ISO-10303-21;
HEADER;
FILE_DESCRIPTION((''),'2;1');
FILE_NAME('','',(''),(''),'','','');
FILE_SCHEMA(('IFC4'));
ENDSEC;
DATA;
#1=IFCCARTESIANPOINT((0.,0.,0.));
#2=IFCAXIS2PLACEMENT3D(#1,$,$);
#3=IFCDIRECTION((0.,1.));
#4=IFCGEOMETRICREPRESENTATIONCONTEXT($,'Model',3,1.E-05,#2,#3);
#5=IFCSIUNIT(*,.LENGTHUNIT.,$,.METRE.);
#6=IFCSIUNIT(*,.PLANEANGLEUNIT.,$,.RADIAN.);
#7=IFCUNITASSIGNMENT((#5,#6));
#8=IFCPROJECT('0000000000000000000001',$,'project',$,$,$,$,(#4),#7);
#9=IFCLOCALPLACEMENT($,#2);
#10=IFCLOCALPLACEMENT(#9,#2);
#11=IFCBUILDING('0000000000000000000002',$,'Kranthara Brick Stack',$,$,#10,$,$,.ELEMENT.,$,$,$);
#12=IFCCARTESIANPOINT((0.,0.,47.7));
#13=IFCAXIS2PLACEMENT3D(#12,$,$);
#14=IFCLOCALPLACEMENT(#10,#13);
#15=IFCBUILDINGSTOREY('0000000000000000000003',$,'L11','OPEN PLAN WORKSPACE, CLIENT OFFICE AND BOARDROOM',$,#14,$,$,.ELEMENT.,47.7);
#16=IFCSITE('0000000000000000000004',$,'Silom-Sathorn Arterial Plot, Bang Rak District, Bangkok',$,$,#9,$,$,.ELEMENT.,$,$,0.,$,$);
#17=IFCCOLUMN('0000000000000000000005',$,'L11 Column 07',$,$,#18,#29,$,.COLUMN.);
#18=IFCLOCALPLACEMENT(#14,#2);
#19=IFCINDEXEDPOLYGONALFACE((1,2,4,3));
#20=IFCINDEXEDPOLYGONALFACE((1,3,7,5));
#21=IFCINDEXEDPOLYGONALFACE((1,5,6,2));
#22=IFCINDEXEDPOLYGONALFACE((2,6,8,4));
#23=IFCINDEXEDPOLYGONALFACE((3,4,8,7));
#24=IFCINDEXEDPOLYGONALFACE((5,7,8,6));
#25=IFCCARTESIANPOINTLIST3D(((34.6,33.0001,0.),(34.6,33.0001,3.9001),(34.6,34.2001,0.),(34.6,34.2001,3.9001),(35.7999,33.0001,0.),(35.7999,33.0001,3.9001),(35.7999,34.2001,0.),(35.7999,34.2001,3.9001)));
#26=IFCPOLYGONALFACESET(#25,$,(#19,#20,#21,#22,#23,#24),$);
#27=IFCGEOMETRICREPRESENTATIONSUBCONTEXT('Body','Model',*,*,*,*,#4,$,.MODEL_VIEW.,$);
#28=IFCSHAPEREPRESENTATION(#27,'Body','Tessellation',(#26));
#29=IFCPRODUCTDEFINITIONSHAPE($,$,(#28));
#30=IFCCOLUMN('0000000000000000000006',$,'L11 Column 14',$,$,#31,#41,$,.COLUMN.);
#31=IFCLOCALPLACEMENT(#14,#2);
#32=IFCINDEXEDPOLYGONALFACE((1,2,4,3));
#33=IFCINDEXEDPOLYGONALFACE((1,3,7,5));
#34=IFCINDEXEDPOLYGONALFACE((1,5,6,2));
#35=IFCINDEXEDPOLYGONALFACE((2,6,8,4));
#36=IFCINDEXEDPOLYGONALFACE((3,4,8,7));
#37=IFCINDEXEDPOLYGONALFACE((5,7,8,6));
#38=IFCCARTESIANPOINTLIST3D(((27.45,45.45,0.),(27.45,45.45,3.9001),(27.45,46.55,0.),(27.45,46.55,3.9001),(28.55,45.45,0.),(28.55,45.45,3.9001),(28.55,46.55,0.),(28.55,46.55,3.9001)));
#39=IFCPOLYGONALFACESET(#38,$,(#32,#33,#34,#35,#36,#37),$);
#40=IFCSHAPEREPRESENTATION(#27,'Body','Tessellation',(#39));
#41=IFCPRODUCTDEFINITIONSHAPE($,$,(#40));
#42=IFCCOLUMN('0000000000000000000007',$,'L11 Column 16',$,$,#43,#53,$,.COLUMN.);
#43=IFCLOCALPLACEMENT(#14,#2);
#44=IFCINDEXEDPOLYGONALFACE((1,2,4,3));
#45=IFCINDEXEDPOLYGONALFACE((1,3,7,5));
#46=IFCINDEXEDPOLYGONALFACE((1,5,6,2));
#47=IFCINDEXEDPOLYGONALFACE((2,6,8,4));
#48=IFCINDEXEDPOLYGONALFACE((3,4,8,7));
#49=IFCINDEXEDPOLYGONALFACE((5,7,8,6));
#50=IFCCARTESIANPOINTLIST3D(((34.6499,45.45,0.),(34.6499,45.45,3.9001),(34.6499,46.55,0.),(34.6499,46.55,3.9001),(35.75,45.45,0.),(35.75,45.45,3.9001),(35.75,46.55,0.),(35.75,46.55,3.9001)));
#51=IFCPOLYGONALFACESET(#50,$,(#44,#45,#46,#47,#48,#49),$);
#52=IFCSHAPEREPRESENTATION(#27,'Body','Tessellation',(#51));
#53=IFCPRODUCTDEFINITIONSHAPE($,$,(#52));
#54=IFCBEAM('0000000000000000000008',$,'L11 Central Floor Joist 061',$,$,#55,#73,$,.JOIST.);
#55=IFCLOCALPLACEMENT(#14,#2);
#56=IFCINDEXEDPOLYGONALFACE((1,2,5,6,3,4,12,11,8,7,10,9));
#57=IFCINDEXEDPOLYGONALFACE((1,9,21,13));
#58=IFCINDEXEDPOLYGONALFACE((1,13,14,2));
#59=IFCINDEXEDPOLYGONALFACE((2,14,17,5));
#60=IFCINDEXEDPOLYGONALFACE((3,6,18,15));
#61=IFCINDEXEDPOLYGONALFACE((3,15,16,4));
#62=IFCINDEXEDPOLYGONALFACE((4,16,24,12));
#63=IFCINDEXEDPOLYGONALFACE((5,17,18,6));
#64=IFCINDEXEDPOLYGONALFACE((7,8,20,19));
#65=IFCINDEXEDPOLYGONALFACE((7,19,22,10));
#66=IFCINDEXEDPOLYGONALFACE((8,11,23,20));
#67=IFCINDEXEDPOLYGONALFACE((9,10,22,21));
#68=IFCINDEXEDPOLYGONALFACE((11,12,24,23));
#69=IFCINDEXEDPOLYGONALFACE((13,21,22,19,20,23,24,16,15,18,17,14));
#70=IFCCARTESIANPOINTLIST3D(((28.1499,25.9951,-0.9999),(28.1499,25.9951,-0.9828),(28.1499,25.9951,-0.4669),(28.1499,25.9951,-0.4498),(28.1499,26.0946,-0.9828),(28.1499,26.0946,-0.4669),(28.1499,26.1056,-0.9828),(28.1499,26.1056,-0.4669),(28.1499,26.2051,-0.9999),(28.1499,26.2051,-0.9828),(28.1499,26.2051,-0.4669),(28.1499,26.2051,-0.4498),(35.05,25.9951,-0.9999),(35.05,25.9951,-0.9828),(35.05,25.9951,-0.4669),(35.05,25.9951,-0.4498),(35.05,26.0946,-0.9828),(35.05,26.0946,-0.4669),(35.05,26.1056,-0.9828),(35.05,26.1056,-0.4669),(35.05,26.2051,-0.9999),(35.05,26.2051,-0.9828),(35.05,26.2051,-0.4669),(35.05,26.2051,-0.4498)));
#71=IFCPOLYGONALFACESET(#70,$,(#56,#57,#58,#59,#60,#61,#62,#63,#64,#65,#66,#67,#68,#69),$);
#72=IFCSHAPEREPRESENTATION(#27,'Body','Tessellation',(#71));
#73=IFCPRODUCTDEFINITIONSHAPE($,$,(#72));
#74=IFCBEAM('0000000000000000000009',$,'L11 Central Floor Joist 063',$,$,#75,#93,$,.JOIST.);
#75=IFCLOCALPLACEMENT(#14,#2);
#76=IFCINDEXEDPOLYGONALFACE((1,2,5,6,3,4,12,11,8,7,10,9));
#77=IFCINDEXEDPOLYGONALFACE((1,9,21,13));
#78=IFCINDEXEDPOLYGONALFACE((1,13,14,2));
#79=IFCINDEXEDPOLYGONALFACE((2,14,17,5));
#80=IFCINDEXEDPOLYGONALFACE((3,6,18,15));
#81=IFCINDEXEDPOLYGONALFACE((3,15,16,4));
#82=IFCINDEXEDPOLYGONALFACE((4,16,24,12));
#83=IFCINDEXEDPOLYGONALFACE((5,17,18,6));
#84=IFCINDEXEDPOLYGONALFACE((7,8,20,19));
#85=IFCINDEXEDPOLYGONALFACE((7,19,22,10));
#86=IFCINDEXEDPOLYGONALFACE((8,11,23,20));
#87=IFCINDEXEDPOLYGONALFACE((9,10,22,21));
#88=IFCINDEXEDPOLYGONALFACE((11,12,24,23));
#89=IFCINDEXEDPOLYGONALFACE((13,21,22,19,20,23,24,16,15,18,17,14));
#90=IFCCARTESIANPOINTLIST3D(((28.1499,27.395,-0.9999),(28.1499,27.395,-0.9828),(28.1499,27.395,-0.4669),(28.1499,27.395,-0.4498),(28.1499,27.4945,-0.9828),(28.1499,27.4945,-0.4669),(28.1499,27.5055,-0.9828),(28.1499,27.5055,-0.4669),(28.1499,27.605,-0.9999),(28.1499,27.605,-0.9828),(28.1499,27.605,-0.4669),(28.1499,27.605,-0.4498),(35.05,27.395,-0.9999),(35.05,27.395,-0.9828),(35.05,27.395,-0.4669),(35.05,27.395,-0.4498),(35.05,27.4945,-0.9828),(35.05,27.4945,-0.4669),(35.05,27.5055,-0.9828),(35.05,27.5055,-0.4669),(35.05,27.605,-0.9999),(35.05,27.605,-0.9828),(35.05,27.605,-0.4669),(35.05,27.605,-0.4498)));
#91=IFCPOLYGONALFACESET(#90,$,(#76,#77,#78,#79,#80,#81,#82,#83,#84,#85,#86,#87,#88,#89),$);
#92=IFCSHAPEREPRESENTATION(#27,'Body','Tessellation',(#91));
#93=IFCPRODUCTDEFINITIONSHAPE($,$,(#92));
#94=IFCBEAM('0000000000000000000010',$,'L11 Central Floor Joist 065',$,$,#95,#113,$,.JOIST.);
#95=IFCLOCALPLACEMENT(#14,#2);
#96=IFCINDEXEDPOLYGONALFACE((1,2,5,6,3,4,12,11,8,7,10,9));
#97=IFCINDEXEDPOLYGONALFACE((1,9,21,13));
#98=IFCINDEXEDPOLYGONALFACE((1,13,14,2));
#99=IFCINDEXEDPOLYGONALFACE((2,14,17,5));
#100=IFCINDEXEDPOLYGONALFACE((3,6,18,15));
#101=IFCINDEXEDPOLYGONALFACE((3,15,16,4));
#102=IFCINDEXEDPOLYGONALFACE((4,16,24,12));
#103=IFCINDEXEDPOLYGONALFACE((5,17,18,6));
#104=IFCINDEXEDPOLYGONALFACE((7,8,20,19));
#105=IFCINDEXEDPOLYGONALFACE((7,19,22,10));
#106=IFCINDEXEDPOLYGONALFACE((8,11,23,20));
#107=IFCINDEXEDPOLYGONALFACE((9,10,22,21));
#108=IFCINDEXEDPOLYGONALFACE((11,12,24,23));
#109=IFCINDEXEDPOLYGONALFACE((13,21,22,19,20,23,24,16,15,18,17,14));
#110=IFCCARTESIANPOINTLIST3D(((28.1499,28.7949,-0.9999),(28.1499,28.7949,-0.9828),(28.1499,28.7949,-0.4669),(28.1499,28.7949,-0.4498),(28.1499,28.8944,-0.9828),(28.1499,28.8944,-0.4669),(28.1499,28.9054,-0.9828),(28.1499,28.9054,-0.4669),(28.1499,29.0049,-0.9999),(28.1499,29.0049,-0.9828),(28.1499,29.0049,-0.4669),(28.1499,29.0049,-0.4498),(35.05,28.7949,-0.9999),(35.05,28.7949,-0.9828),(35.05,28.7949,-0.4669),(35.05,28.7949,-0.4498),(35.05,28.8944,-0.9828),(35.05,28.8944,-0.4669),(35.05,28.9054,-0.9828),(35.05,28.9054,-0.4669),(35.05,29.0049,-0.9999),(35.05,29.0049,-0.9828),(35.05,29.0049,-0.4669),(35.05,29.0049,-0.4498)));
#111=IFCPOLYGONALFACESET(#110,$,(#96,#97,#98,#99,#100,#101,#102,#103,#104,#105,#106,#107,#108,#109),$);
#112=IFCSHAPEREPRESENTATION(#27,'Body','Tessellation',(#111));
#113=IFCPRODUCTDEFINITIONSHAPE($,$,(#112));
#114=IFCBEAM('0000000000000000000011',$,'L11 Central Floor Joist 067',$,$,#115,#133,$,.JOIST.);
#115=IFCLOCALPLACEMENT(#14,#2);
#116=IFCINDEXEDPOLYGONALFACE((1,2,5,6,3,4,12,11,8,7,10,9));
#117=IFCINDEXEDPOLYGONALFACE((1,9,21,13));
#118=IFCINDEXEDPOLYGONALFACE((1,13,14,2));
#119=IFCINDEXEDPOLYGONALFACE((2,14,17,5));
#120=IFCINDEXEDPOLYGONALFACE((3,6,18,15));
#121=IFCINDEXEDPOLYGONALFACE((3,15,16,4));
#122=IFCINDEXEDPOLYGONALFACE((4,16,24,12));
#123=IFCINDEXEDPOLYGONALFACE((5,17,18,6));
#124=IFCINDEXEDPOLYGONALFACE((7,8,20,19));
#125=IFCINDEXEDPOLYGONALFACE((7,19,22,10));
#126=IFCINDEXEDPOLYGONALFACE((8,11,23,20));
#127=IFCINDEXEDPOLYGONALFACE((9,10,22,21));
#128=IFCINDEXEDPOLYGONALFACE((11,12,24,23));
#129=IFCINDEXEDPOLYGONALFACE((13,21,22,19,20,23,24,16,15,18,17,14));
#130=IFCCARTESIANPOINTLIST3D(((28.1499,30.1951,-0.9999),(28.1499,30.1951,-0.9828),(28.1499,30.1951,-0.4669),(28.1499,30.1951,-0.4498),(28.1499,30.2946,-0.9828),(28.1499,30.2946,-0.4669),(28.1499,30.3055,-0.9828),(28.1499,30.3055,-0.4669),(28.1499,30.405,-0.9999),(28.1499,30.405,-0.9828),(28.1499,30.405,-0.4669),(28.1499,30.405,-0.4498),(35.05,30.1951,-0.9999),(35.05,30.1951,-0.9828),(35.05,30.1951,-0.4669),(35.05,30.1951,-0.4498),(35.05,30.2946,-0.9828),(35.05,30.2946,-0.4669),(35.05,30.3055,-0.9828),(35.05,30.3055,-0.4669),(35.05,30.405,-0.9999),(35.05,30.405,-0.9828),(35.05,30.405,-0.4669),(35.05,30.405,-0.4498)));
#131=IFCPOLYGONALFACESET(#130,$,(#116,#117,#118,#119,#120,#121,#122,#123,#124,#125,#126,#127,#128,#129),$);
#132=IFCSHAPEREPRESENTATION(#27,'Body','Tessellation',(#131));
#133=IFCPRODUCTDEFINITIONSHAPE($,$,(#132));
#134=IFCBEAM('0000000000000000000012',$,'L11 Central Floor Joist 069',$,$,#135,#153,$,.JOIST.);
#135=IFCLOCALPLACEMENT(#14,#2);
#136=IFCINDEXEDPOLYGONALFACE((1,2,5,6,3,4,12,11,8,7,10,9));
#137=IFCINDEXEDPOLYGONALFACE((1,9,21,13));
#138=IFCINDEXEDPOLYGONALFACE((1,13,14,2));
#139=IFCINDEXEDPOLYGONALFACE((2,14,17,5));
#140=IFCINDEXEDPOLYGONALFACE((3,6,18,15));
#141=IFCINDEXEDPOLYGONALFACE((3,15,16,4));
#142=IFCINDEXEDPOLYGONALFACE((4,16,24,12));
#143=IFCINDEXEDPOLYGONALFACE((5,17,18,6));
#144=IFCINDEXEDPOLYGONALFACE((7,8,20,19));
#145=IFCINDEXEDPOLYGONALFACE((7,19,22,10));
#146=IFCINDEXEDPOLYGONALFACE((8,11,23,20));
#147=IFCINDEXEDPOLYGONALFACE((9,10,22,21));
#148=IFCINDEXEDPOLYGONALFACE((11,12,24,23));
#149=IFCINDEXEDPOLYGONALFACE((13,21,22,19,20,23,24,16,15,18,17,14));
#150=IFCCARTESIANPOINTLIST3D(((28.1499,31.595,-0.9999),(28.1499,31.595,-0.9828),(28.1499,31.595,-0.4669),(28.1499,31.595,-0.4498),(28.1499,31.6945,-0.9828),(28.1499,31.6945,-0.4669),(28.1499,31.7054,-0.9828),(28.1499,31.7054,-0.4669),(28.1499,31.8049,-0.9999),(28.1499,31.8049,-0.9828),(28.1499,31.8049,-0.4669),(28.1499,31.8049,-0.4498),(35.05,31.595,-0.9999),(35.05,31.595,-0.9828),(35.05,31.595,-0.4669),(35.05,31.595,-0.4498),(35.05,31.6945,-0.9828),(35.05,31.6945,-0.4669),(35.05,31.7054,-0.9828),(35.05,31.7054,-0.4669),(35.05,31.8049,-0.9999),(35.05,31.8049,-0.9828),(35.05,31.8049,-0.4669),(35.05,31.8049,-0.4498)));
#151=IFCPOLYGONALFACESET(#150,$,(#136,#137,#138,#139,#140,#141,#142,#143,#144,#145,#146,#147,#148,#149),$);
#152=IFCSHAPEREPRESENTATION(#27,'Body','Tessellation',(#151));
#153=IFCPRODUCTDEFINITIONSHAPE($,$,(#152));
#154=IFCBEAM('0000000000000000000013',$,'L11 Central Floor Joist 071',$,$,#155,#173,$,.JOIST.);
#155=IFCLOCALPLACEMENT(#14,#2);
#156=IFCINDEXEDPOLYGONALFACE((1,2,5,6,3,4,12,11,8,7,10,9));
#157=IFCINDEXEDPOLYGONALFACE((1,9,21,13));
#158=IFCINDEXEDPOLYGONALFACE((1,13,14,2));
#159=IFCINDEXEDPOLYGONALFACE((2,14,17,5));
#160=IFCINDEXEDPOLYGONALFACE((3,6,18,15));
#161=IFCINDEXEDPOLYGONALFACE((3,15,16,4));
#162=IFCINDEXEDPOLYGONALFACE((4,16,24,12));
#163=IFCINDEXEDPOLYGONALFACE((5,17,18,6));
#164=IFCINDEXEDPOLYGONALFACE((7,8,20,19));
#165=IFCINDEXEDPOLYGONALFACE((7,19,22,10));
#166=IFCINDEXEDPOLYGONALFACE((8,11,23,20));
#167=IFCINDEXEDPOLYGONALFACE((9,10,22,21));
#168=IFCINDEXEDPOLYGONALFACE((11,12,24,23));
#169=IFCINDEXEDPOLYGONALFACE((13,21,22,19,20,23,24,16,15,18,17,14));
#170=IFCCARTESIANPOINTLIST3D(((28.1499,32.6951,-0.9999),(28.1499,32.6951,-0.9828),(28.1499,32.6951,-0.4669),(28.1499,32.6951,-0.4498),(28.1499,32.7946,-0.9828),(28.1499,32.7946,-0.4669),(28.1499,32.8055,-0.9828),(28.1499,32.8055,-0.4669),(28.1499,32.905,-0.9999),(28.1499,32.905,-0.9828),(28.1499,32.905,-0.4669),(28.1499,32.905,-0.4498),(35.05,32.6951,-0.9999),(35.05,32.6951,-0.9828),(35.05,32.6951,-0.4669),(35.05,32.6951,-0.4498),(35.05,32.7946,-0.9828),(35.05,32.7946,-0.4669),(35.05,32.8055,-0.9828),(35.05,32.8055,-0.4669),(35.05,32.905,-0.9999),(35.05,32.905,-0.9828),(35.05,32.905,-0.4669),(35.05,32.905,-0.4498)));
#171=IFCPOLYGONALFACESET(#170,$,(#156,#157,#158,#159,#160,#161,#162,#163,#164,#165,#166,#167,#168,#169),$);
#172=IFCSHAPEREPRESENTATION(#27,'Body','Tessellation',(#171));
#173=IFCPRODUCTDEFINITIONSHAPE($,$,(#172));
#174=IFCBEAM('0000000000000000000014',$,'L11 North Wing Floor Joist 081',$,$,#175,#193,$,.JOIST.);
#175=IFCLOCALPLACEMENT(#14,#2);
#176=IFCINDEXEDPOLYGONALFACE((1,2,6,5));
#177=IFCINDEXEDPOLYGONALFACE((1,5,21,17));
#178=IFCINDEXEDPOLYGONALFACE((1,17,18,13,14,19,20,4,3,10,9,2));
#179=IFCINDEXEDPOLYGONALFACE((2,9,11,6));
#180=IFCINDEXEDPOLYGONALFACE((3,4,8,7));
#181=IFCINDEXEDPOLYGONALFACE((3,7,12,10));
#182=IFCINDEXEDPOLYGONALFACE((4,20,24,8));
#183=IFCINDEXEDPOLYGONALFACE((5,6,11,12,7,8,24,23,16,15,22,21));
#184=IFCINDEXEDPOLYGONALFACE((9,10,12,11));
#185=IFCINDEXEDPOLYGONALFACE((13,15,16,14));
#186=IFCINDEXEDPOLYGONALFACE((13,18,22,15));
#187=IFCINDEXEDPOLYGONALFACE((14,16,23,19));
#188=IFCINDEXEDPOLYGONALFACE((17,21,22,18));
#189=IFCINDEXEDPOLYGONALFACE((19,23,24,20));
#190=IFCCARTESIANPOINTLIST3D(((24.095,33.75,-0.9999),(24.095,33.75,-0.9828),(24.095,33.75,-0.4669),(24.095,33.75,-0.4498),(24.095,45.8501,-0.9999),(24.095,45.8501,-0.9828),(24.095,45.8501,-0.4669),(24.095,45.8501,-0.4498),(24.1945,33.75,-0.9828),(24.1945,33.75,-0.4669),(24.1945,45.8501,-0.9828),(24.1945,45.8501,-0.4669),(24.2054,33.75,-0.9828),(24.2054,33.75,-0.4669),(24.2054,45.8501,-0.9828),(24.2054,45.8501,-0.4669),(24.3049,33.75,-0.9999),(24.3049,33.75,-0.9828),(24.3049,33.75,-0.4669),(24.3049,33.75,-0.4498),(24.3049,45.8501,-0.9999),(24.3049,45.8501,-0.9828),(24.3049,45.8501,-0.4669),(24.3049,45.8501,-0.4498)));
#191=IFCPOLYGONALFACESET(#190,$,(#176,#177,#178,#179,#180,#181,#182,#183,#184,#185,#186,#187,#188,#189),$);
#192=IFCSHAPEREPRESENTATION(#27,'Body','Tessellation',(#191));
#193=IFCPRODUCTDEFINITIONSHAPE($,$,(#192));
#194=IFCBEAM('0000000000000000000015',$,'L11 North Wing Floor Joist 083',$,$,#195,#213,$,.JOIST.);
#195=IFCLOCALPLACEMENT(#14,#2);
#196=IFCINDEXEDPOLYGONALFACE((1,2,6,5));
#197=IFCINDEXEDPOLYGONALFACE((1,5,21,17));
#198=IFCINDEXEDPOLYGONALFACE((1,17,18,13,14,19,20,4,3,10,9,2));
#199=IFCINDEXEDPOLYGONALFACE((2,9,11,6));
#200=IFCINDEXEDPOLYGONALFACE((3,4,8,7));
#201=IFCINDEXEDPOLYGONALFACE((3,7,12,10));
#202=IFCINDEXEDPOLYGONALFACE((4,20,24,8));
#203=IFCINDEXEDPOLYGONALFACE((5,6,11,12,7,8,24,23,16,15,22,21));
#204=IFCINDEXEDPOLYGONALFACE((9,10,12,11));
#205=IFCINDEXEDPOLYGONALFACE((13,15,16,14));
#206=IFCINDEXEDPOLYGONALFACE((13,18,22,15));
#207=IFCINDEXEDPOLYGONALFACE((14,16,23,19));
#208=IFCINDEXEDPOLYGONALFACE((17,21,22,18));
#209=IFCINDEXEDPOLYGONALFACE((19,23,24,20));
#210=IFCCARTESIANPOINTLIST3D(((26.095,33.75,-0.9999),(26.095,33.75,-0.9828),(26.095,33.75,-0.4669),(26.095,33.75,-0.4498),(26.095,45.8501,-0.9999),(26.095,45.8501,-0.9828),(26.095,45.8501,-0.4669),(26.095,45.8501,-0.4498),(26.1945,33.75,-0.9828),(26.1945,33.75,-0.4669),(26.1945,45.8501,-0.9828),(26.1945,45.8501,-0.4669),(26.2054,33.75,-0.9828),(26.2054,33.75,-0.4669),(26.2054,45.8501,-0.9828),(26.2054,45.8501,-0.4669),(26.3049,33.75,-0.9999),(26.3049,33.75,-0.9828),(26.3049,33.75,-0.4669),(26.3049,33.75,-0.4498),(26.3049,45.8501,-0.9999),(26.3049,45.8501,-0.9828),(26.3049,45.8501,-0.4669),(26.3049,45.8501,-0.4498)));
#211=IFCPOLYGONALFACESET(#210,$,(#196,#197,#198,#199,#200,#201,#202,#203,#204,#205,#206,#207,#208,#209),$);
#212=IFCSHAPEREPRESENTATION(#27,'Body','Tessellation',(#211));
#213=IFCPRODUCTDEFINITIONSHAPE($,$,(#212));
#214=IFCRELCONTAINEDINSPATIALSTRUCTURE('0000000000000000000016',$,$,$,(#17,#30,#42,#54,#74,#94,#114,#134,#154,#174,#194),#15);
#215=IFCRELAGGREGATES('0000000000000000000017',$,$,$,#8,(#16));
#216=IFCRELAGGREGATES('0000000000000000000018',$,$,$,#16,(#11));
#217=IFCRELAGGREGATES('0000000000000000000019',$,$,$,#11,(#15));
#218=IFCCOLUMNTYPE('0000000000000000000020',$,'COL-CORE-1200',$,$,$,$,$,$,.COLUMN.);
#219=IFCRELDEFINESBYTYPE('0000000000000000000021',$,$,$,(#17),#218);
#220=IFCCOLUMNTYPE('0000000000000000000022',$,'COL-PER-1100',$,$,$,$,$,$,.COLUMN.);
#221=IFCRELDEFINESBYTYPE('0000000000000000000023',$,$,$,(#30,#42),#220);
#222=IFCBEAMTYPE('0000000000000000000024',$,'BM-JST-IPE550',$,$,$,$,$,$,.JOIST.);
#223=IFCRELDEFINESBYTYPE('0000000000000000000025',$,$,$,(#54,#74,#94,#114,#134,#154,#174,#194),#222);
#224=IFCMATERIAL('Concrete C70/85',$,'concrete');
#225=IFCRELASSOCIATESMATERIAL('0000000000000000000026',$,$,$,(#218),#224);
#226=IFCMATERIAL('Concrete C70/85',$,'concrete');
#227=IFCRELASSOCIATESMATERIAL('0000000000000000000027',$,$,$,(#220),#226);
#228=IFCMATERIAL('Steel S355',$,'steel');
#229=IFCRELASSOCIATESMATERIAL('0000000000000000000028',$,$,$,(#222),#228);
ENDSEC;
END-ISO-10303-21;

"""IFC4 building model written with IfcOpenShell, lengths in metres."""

from ifc_helpers import new_model, si_unit, direction, frame, origin, origin_2d, place, context, subcontext, project, spatial, rectangle, i_section, extrude, material, material_profile, profile_set, type_object, element, save


model = new_model("IFC4")

# Units and contexts
model_context = context("Model", 3, precision=1e-05, world=origin(), true_north=direction((0.0, 1.0)))
body_context = subcontext(model_context, "Body", "Model", "MODEL_VIEW")
ifc_project = project(units=[si_unit("LENGTHUNIT", "METRE"), si_unit("PLANEANGLEUNIT", "RADIAN")], contexts=[model_context])

# Site, building, storey
site_placement = place(None, origin())
site = spatial("IfcSite", under=ifc_project, at=site_placement, Name="Silom-Sathorn Arterial Plot, Bang Rak District, Bangkok", CompositionType="ELEMENT", RefElevation=0.0)
building_placement = place(site_placement, origin())
building = spatial("IfcBuilding", under=site, at=building_placement, Name="Kranthara Brick Stack", CompositionType="ELEMENT")
storey_placement = place(building_placement, frame((0.0, 0.0, 47.7)))
storey = spatial("IfcBuildingStorey", under=building, at=storey_placement, Name="L11", Description="OPEN PLAN WORKSPACE, CLIENT OFFICE AND BOARDROOM", CompositionType="ELEMENT", Elevation=47.7)

# Columns
ifc_material_1 = material(Name="Concrete C70/85", Category="concrete")
ifc_material_profile_1 = material_profile(ifc_material_1, rectangle(XDim=1.2, YDim=1.2, at=origin_2d()), Name="RC 1200x1200")
ifc_profile_set_1 = profile_set([ifc_material_profile_1], Name="Concrete C70/85")
column_type_1 = type_object("IfcColumnType", Name="COL-CORE-1200", PredefinedType="COLUMN", material=ifc_profile_set_1)
column_placement = place(storey_placement, frame((35.2, 33.6001, 0.0), z_axis=(0.0, 0.0, 1.0), x_axis=(1.0, 0.0, 0.0)))
element("IfcColumn", 1, at=column_placement, inside=storey, type_object=column_type_1, Name="L11 Column 07", PredefinedType="COLUMN", context=body_context, shape_type="SweptSolid", body=[
    extrude(rectangle(XDim=1.2, YDim=1.2, at=origin_2d()), origin(), (0.0, 0.0, 1.0), 3.9001),
])
ifc_material_2 = material(Name="Concrete C70/85", Category="concrete")
ifc_material_profile_2 = material_profile(ifc_material_2, rectangle(XDim=1.1001, YDim=1.1001, at=origin_2d()), Name="RC 1100x1100")
ifc_profile_set_2 = profile_set([ifc_material_profile_2], Name="Concrete C70/85")
column_type_2 = type_object("IfcColumnType", Name="COL-PER-1100", PredefinedType="COLUMN", material=ifc_profile_set_2)
for number, where, z_axis, x_axis, name in (
    (2, (28.0, 46.0, 0.0), (0.0, 0.0, 1.0), (1.0, 0.0, 0.0), "L11 Column 14"),
    (3, (35.2, 46.0, 0.0), (0.0, 0.0, 1.0), (1.0, 0.0, 0.0), "L11 Column 16"),
):
    element("IfcColumn", number, at=place(storey_placement, frame(where, z_axis=z_axis, x_axis=x_axis)), inside=storey, type_object=column_type_2, Name=name, PredefinedType="COLUMN", context=body_context, shape_type="SweptSolid", body=[
        extrude(rectangle(XDim=1.1001, YDim=1.1001, at=origin_2d()), origin(), (0.0, 0.0, 1.0), 3.9001),
    ])

# Beams
ifc_material_3 = material(Name="Steel S355", Category="steel")
ifc_material_profile_3 = material_profile(ifc_material_3, i_section(OverallWidth=0.21, OverallDepth=0.55, WebThickness=0.011, FlangeThickness=0.0171, at=origin_2d()), Name="IPE 550")
ifc_profile_set_3 = profile_set([ifc_material_profile_3], Name="Steel S355")
beam_type_1 = type_object("IfcBeamType", Name="BM-JST-IPE550", PredefinedType="JOIST", material=ifc_profile_set_3)
for number, where, z_axis, x_axis, name in (
    (4, (28.1499, 26.1001, -0.7249), (1.0, 0.0, 0.0), (0.0, 1.0, 0.0), "L11 Central Floor Joist 061"),
    (5, (28.1499, 27.5, -0.7249), (1.0, 0.0, 0.0), (0.0, 1.0, 0.0), "L11 Central Floor Joist 063"),
    (6, (28.1499, 28.8999, -0.7249), (1.0, 0.0, 0.0), (0.0, 1.0, 0.0), "L11 Central Floor Joist 065"),
    (7, (28.1499, 30.3, -0.7249), (1.0, 0.0, 0.0), (0.0, 1.0, 0.0), "L11 Central Floor Joist 067"),
    (8, (28.1499, 31.7, -0.7249), (1.0, 0.0, 0.0), (0.0, 1.0, 0.0), "L11 Central Floor Joist 069"),
    (9, (28.1499, 32.8, -0.7249), (1.0, 0.0, 0.0), (0.0, 1.0, 0.0), "L11 Central Floor Joist 071"),
):
    element("IfcBeam", number, at=place(storey_placement, frame(where, z_axis=z_axis, x_axis=x_axis)), inside=storey, type_object=beam_type_1, Name=name, PredefinedType="JOIST", context=body_context, shape_type="SweptSolid", body=[
        extrude(i_section(OverallWidth=0.21, OverallDepth=0.55, WebThickness=0.011, FlangeThickness=0.0171, at=origin_2d()), origin(), (0.0, 0.0, 1.0), 6.9001),
    ])
for number, where, z_axis, x_axis, name in (
    (10, (24.2, 33.75, -0.7249), (0.0, 1.0, 0.0), (-1.0, 0.0, 0.0), "L11 North Wing Floor Joist 081"),
    (11, (26.2, 33.75, -0.7249), (0.0, 1.0, 0.0), (-1.0, 0.0, 0.0), "L11 North Wing Floor Joist 083"),
):
    element("IfcBeam", number, at=place(storey_placement, frame(where, z_axis=z_axis, x_axis=x_axis)), inside=storey, type_object=beam_type_1, Name=name, PredefinedType="JOIST", context=body_context, shape_type="SweptSolid", body=[
        extrude(i_section(OverallWidth=0.21, OverallDepth=0.55, WebThickness=0.011, FlangeThickness=0.0171, at=origin_2d()), origin(), (0.0, 0.0, 1.0), 12.1001),
    ])

save(model, "model.ifc")
